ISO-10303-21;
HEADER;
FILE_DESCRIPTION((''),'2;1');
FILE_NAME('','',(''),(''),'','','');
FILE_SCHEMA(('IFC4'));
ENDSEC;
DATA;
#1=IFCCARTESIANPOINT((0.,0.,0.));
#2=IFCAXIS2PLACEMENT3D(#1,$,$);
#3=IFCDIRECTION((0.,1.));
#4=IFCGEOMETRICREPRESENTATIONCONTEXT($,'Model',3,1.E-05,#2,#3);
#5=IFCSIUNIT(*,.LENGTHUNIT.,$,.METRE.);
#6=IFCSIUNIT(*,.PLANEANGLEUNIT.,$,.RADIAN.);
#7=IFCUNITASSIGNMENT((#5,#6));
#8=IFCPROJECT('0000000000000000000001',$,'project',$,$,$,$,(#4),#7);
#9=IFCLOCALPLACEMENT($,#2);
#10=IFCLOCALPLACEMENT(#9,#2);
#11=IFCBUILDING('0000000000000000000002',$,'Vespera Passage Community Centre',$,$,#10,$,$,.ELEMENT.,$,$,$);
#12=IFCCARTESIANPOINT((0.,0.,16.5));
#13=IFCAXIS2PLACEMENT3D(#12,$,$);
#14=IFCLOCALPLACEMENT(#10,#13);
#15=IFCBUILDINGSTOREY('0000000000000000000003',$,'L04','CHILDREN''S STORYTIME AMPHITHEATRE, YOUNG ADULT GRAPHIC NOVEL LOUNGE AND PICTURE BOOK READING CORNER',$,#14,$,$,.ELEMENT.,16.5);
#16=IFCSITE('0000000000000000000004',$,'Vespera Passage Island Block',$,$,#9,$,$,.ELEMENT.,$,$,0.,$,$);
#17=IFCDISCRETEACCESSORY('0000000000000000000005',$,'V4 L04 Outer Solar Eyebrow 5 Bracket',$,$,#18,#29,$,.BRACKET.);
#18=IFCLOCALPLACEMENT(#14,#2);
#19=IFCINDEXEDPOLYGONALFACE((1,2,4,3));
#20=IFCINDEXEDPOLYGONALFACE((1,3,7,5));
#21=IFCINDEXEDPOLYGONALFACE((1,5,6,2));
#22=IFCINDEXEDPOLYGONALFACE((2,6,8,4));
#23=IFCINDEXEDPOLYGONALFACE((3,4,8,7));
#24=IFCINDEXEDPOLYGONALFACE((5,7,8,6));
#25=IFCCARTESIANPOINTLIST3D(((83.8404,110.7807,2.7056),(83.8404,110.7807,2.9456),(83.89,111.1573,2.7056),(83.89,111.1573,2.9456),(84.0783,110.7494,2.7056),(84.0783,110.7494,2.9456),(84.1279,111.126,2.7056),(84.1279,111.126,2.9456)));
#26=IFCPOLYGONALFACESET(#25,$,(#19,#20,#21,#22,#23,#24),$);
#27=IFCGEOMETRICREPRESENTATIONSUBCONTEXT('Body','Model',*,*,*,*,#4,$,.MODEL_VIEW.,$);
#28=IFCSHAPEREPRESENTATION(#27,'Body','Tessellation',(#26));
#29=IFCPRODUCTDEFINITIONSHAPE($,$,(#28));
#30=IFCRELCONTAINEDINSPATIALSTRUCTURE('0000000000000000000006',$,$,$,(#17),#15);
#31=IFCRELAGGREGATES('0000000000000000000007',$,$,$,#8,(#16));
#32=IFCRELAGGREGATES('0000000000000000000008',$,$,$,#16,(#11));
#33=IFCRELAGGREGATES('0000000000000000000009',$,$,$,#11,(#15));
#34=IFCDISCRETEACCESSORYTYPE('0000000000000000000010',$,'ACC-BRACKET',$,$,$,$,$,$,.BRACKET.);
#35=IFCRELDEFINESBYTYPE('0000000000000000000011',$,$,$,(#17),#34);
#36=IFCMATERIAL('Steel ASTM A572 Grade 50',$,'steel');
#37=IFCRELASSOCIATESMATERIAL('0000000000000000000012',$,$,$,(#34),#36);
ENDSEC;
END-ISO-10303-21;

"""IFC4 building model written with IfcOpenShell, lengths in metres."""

from ifc_helpers import new_model, si_unit, direction, frame, origin, origin_2d, place, context, subcontext, project, spatial, rectangle, extrude, material, type_object, element, save


model = new_model("IFC4")

# Units and contexts
model_context = context("Model", 3, precision=1e-05, world=origin(), true_north=direction((0.0, 1.0)))
body_context = subcontext(model_context, "Body", "Model", "MODEL_VIEW")
ifc_project = project(units=[si_unit("LENGTHUNIT", "METRE"), si_unit("PLANEANGLEUNIT", "RADIAN")], contexts=[model_context])

# Site, building, storey
site_placement = place(None, origin())
site = spatial("IfcSite", under=ifc_project, at=site_placement, Name="Vespera Passage Island Block", CompositionType="ELEMENT", RefElevation=0.0)
building_placement = place(site_placement, origin())
building = spatial("IfcBuilding", under=site, at=building_placement, Name="Vespera Passage Community Centre", CompositionType="ELEMENT")
storey_placement = place(building_placement, frame((0.0, 0.0, 16.5)))
storey = spatial("IfcBuildingStorey", under=building, at=storey_placement, Name="L04", Description="CHILDREN'S STORYTIME AMPHITHEATRE, YOUNG ADULT GRAPHIC NOVEL LOUNGE AND PICTURE BOOK READING CORNER", CompositionType="ELEMENT", Elevation=16.5)

# Discrete accessory
ifc_material_1 = material(Name="Steel ASTM A572 Grade 50", Category="steel")
discrete_accessory_type = type_object("IfcDiscreteAccessoryType", Name="ACC-BRACKET", PredefinedType="BRACKET", material=ifc_material_1)
discrete_accessory_placement = place(storey_placement, frame((83.9841, 110.9534, 2.7056), z_axis=(0.0, 0.0, 1.0), x_axis=(0.991445, -0.130526, 0.0)))
element("IfcDiscreteAccessory", 1, at=discrete_accessory_placement, inside=storey, type_object=discrete_accessory_type, Name="V4 L04 Outer Solar Eyebrow 5 Bracket", PredefinedType="BRACKET", context=body_context, shape_type="SweptSolid", body=[
    extrude(rectangle(XDim=0.24, YDim=0.3799, at=origin_2d()), origin(), (0.0, 0.0, 1.0), 0.24),
])

save(model, "model.ifc")
